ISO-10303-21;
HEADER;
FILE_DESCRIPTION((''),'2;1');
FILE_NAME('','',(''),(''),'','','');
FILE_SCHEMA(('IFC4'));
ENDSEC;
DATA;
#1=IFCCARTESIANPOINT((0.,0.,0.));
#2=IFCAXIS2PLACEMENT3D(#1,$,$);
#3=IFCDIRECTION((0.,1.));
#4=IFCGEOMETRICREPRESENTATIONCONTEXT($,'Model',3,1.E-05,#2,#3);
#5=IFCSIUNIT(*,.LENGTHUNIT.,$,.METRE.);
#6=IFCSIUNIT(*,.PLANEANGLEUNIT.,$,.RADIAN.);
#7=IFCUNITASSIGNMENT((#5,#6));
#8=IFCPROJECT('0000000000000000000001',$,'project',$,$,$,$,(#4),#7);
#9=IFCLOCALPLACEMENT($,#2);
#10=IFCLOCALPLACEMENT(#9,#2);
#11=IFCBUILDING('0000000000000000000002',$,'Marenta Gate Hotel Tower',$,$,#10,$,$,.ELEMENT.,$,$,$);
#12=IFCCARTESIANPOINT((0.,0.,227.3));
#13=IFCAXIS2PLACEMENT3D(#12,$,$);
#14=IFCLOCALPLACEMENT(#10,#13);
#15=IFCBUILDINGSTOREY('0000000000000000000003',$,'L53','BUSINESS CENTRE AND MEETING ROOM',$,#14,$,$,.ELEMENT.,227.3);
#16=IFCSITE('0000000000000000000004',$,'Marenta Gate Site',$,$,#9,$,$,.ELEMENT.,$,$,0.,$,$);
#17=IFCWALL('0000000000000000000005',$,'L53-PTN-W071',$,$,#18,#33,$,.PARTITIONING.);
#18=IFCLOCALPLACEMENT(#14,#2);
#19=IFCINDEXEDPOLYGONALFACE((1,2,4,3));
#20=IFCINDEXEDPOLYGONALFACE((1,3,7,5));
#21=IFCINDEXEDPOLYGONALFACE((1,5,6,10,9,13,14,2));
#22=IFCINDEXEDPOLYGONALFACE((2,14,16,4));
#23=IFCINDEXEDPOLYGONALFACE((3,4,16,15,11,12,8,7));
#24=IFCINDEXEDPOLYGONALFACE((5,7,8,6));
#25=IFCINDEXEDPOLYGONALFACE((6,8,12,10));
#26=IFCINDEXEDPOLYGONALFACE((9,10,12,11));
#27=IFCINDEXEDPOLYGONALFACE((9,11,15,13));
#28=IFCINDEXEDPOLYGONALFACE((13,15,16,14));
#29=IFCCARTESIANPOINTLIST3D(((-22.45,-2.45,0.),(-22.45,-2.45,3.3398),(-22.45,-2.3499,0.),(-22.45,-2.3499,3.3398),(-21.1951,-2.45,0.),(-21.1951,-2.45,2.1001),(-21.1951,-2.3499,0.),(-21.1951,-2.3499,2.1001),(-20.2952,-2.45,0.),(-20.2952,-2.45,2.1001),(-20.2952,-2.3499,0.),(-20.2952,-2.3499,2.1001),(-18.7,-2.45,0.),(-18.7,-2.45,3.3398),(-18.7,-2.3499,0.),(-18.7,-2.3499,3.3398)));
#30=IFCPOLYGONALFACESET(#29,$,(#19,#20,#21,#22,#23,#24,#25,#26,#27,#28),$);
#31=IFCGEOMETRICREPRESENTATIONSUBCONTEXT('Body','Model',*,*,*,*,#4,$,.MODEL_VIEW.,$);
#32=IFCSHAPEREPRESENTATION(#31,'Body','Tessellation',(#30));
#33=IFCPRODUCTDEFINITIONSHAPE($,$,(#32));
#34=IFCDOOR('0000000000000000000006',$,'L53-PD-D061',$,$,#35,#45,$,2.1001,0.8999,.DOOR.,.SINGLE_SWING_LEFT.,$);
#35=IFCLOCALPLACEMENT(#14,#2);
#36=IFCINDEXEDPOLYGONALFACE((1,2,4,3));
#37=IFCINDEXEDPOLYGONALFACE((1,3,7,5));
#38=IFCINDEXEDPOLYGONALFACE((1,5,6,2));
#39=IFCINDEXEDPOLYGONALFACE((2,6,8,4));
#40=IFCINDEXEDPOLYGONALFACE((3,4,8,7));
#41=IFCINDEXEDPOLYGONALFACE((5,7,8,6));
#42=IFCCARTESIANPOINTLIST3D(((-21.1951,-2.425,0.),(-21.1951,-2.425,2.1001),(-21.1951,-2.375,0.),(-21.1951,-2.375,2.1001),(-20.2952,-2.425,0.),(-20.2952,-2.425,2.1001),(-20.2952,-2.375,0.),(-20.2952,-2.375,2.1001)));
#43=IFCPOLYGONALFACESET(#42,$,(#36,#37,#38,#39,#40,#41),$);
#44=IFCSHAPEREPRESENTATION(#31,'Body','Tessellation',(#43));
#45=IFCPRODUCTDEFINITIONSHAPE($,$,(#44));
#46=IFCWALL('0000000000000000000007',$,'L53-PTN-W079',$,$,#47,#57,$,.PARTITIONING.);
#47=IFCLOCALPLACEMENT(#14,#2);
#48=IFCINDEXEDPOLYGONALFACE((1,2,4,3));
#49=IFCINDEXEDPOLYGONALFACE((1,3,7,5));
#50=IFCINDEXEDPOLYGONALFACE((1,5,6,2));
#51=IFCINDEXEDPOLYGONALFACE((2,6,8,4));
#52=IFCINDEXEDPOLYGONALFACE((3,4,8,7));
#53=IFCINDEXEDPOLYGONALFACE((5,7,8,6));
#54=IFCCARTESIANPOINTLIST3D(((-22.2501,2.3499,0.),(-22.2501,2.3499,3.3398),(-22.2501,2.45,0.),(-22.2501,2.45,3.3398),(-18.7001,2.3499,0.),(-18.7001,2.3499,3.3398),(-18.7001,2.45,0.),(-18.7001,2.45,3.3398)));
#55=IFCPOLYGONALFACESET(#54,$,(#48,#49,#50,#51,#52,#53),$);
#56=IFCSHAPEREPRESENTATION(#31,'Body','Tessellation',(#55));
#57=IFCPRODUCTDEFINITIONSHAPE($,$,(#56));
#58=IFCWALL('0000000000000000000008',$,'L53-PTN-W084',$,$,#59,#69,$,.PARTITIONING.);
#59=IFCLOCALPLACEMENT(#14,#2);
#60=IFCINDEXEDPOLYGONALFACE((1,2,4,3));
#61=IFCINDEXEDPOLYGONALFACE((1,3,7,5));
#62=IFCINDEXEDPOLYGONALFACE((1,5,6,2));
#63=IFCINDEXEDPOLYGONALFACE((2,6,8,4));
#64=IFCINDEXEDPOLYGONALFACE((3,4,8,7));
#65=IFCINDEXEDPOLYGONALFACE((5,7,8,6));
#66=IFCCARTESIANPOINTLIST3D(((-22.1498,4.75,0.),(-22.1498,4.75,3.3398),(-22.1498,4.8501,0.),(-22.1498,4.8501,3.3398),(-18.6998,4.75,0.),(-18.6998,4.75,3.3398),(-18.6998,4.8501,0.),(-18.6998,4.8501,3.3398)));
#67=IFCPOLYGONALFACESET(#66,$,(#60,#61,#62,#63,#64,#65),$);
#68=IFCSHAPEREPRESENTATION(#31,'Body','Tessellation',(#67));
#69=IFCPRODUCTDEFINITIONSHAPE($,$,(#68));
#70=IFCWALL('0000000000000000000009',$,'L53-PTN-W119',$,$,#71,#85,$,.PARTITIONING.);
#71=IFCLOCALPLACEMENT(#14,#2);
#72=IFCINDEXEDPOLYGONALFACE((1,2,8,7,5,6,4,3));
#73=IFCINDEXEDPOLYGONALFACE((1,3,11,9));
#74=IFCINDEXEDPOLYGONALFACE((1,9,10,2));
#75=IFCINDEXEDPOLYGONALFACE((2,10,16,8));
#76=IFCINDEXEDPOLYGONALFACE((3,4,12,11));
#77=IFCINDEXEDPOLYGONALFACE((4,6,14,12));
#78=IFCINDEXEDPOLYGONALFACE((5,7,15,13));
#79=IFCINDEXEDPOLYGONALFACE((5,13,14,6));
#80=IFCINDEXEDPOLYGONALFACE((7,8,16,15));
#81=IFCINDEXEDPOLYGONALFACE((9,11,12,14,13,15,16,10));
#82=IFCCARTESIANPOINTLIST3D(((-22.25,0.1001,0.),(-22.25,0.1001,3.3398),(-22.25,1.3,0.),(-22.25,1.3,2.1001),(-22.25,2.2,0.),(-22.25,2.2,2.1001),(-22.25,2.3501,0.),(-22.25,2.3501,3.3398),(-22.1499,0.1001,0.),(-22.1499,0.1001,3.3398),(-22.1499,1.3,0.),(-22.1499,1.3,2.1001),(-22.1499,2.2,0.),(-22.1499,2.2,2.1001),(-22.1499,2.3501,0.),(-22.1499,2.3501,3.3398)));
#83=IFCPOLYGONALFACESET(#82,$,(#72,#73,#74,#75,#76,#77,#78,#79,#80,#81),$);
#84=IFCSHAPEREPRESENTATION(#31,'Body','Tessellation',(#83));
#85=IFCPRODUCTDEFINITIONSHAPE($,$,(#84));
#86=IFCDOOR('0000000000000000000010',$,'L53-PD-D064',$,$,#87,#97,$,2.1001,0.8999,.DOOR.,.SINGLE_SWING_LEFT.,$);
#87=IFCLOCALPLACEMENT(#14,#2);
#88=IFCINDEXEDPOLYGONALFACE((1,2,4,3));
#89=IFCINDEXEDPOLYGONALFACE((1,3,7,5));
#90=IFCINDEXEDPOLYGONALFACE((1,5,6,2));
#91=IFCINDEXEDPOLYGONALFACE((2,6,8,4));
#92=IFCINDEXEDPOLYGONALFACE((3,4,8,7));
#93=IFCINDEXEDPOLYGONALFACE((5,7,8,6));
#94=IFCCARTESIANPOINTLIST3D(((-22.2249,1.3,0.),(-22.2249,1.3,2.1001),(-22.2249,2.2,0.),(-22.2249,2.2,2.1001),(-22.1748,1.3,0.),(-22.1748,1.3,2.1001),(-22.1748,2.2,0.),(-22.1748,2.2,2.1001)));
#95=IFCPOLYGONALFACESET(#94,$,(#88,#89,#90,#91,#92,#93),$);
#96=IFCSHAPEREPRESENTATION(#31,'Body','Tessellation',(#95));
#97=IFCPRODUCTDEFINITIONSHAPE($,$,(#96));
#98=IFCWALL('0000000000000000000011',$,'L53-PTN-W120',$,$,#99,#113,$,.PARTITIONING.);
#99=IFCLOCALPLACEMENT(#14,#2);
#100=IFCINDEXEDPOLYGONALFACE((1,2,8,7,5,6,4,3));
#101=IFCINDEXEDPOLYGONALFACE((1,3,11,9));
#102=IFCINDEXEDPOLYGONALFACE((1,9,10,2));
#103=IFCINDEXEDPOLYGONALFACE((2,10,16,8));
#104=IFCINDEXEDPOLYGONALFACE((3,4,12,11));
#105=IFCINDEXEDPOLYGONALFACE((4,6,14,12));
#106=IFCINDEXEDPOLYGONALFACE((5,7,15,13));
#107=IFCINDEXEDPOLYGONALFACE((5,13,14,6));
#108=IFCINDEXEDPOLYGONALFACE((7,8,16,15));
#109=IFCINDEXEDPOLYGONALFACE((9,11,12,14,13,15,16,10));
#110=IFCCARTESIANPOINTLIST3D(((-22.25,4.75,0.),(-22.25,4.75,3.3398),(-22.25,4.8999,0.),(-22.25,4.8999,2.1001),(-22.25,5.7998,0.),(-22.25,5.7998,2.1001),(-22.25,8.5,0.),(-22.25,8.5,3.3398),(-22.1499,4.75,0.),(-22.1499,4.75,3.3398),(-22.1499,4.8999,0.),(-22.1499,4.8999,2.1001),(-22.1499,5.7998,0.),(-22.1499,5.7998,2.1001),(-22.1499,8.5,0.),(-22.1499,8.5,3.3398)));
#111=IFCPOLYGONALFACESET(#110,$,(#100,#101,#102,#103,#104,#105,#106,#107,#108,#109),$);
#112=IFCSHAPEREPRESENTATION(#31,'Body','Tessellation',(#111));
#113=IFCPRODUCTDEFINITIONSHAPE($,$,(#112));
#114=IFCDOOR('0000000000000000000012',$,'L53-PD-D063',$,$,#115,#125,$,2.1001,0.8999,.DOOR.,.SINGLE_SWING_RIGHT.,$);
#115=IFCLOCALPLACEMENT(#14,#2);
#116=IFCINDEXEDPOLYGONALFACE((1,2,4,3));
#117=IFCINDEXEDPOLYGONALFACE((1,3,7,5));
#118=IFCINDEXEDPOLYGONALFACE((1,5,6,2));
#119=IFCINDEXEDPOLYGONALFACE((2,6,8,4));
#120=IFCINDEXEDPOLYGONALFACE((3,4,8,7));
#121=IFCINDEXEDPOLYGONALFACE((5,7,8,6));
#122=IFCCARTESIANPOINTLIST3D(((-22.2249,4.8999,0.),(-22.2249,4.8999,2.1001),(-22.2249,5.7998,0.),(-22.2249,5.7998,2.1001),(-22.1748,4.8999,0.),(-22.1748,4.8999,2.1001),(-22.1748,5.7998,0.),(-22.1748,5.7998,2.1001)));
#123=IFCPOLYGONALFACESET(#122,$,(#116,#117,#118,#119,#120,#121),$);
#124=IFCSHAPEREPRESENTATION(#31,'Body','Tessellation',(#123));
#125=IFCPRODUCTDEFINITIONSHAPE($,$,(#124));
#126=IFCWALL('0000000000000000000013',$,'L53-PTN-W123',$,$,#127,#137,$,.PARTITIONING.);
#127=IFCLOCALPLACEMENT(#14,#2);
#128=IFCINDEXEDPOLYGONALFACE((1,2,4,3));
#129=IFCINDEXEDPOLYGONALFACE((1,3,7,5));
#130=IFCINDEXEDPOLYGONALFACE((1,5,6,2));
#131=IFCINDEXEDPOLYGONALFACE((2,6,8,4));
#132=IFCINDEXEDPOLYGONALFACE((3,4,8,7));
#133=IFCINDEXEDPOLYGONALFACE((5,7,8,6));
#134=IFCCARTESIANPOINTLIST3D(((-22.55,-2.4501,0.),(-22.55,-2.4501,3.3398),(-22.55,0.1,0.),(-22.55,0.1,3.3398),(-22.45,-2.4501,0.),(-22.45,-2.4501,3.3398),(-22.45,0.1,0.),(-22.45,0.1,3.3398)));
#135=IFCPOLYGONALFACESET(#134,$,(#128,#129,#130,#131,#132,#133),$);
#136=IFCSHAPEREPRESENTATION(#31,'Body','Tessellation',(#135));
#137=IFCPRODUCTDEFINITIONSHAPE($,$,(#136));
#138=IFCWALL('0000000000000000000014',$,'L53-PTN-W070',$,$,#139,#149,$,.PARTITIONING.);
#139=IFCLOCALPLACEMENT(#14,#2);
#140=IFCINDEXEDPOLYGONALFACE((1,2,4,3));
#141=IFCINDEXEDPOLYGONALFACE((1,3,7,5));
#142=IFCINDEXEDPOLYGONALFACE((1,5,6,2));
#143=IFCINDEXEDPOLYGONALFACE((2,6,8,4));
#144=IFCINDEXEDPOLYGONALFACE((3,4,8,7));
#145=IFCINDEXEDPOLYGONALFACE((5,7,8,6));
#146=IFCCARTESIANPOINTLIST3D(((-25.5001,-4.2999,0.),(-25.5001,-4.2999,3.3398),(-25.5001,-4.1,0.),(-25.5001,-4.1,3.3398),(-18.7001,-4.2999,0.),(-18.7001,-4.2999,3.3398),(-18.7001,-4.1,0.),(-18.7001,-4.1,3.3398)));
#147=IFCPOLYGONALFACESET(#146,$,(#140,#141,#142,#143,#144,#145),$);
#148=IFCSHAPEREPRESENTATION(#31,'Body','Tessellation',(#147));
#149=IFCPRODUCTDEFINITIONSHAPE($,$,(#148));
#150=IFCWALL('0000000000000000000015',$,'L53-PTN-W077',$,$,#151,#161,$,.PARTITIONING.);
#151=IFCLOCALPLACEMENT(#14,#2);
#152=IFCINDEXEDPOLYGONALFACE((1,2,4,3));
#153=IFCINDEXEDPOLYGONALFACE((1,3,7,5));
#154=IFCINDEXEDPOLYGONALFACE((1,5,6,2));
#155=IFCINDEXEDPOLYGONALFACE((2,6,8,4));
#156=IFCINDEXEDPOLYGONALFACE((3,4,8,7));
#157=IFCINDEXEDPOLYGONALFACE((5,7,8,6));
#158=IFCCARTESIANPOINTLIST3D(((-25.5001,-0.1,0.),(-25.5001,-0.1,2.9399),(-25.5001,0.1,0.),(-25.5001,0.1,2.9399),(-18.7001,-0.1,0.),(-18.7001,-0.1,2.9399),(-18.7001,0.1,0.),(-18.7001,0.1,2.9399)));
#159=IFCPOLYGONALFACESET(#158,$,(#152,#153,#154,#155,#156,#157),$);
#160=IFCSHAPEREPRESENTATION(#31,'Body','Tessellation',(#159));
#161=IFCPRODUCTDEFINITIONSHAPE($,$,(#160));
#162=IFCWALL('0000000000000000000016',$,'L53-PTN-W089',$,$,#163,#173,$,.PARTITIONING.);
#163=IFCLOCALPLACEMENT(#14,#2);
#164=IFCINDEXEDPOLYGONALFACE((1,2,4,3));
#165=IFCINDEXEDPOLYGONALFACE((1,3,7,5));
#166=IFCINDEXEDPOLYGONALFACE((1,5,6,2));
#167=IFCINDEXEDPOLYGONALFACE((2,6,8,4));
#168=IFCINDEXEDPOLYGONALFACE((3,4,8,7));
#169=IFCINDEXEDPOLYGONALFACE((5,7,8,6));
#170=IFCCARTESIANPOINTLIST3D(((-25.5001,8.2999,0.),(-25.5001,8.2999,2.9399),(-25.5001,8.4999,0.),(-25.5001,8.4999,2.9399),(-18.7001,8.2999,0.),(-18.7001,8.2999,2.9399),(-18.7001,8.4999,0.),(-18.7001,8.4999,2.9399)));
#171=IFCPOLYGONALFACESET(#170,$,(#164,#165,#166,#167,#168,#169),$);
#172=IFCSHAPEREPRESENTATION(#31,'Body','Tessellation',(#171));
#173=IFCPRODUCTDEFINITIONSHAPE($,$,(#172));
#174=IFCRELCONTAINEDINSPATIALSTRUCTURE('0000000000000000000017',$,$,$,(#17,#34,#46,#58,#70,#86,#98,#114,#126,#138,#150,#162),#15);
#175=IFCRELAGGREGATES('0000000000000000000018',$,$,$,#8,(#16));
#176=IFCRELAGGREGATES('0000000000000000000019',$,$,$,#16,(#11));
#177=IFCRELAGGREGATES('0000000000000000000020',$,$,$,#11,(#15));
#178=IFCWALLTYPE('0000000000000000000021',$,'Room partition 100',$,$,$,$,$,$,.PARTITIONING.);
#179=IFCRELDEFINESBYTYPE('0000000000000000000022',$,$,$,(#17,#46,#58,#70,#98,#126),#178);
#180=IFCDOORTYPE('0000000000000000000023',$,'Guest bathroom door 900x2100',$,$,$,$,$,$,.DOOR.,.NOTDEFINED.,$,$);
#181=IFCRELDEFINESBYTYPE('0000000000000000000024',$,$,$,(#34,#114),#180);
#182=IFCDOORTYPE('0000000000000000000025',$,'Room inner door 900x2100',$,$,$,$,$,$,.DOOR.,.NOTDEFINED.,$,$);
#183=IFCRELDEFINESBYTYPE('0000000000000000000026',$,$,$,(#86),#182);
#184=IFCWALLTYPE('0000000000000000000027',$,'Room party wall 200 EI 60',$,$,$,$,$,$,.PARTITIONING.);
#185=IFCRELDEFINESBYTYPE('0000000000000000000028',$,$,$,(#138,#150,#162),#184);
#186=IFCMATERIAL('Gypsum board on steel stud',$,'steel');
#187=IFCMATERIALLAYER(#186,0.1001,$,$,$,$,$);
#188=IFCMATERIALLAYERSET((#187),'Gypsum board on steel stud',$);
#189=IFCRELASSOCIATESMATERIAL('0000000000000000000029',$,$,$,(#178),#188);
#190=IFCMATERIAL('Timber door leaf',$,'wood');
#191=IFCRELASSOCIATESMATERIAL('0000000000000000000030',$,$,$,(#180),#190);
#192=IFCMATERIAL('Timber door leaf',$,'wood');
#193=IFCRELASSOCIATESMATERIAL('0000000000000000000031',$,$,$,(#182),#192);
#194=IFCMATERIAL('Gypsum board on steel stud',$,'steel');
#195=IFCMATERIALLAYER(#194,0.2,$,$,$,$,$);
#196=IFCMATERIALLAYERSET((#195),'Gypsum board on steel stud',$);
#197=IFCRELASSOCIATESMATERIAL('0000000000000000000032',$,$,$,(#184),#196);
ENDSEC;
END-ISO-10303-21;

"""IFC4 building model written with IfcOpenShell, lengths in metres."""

from ifc_helpers import new_model, si_unit, direction, frame, frame_2d, origin, place, context, subcontext, project, spatial, rectangle, extrude, material, layer, layer_set, type_object, element, fill, save


model = new_model("IFC4")

# Units and contexts
model_context = context("Model", 3, precision=1e-05, world=origin(), true_north=direction((0.0, 1.0)))
body_context = subcontext(model_context, "Body", "Model", "MODEL_VIEW")
ifc_project = project(units=[si_unit("LENGTHUNIT", "METRE"), si_unit("PLANEANGLEUNIT", "RADIAN")], contexts=[model_context])

# Site, building, storey
site_placement = place(None, origin())
site = spatial("IfcSite", under=ifc_project, at=site_placement, Name="Marenta Gate Site", CompositionType="ELEMENT", RefElevation=0.0)
building_placement = place(site_placement, origin())
building = spatial("IfcBuilding", under=site, at=building_placement, Name="Marenta Gate Hotel Tower", CompositionType="ELEMENT")
storey_placement = place(building_placement, frame((0.0, 0.0, 227.3)))
storey = spatial("IfcBuildingStorey", under=building, at=storey_placement, Name="L53", Description="BUSINESS CENTRE AND MEETING ROOM", CompositionType="ELEMENT", Elevation=227.3)

# Shared definitions
ifc_material_1 = material(Name="Gypsum board on steel stud", Category="steel")
ifc_layer_1 = layer(ifc_material_1, 0.1001)
ifc_layer_set_1 = layer_set([ifc_layer_1], Name="Gypsum board on steel stud")
wall_type_1 = type_object("IfcWallType", Name="Room partition 100", PredefinedType="PARTITIONING", material=ifc_layer_set_1)

# Wall, opening, door
wall_1_placement = place(storey_placement, frame((-22.45, -2.3999, 0.0), z_axis=(0.0, 0.0, 1.0), x_axis=(1.0, 0.0, 0.0)))
wall_1 = element("IfcWall", 1, at=wall_1_placement, inside=storey, type_object=wall_type_1, Name="L53-PTN-W071", PredefinedType="PARTITIONING", context=body_context, shape_type="SweptSolid", body=[
    extrude(rectangle(XDim=3.75, YDim=0.1001, at=frame_2d((1.875, 0.0))), origin(), (0.0, 0.0, 1.0), 3.3398),
])
opening_1_placement = place(wall_1_placement, frame((1.2549, 0.0, 0.0)))
opening_1 = element("IfcOpeningElement", 2, at=opening_1_placement, cuts=wall_1, PredefinedType="OPENING", context=body_context, shape_type="SweptSolid", body=[
    extrude(rectangle(XDim=0.8999, YDim=2.1001, at=frame_2d((0.45, 1.05))), frame((0.0, 0.05, 0.0), z_axis=(0.0, -1.0, 0.0), x_axis=(1.0, 0.0, 0.0)), (0.0, 0.0, 1.0), 0.1001),
])
ifc_material_2 = material(Name="Timber door leaf", Category="wood")
door_type_1 = type_object("IfcDoorType", Name="Guest bathroom door 900x2100", OperationType="NOTDEFINED", PredefinedType="DOOR", material=ifc_material_2)
door_1_placement = place(opening_1_placement, origin())
door_1 = element("IfcDoor", 3, at=door_1_placement, inside=storey, type_object=door_type_1, Name="L53-PD-D061", OperationType="SINGLE_SWING_LEFT", OverallHeight=2.1001, OverallWidth=0.8999, PredefinedType="DOOR", context=body_context, shape_type="SweptSolid", body=[
    extrude(rectangle(XDim=0.8999, YDim=2.1001, at=frame_2d((0.45, 1.05))), frame((0.0, 0.0249, 0.0), z_axis=(0.0, -1.0, 0.0), x_axis=(1.0, 0.0, 0.0)), (0.0, 0.0, 1.0), 0.05),
])
fill(opening_1, door_1)

# Walls
wall_2_placement = place(storey_placement, frame((-22.25, 2.3999, 0.0), z_axis=(0.0, 0.0, 1.0), x_axis=(1.0, 0.0, 0.0)))
element("IfcWall", 4, at=wall_2_placement, inside=storey, type_object=wall_type_1, Name="L53-PTN-W079", PredefinedType="PARTITIONING", context=body_context, shape_type="SweptSolid", body=[
    extrude(rectangle(XDim=3.55, YDim=0.1001, at=frame_2d((1.7749, 0.0))), origin(), (0.0, 0.0, 1.0), 3.3398),
])
wall_3_placement = place(storey_placement, frame((-22.1499, 4.8, 0.0), z_axis=(0.0, 0.0, 1.0), x_axis=(1.0, 0.0, 0.0)))
element("IfcWall", 5, at=wall_3_placement, inside=storey, type_object=wall_type_1, Name="L53-PTN-W084", PredefinedType="PARTITIONING", context=body_context, shape_type="SweptSolid", body=[
    extrude(rectangle(XDim=3.45, YDim=0.1001, at=frame_2d((1.7251, 0.0))), origin(), (0.0, 0.0, 1.0), 3.3398),
])

# Walls, openings, doors
wall_4_placement = place(storey_placement, frame((-22.2, 0.1001, 0.0), z_axis=(0.0, 0.0, 1.0), x_axis=(0.0, 1.0, 0.0)))
wall_4 = element("IfcWall", 6, at=wall_4_placement, inside=storey, type_object=wall_type_1, Name="L53-PTN-W119", PredefinedType="PARTITIONING", context=body_context, shape_type="SweptSolid", body=[
    extrude(rectangle(XDim=2.25, YDim=0.1001, at=frame_2d((1.125, 0.0))), origin(), (0.0, 0.0, 1.0), 3.3398),
])
opening_2_placement = place(wall_4_placement, frame((1.2, 0.0, 0.0)))
opening_2 = element("IfcOpeningElement", 7, at=opening_2_placement, cuts=wall_4, PredefinedType="OPENING", context=body_context, shape_type="SweptSolid", body=[
    extrude(rectangle(XDim=0.8999, YDim=2.1001, at=frame_2d((0.45, 1.05))), frame((0.0, 0.05, 0.0), z_axis=(0.0, -1.0, 0.0), x_axis=(1.0, 0.0, 0.0)), (0.0, 0.0, 1.0), 0.1001),
])
ifc_material_3 = material(Name="Timber door leaf", Category="wood")
door_type_2 = type_object("IfcDoorType", Name="Room inner door 900x2100", OperationType="NOTDEFINED", PredefinedType="DOOR", material=ifc_material_3)
door_2_placement = place(opening_2_placement, origin())
door_2 = element("IfcDoor", 8, at=door_2_placement, inside=storey, type_object=door_type_2, Name="L53-PD-D064", OperationType="SINGLE_SWING_LEFT", OverallHeight=2.1001, OverallWidth=0.8999, PredefinedType="DOOR", context=body_context, shape_type="SweptSolid", body=[
    extrude(rectangle(XDim=0.8999, YDim=2.1001, at=frame_2d((0.45, 1.05))), frame((0.0, 0.0249, 0.0), z_axis=(0.0, -1.0, 0.0), x_axis=(1.0, 0.0, 0.0)), (0.0, 0.0, 1.0), 0.05),
])
fill(opening_2, door_2)
wall_5_placement = place(storey_placement, frame((-22.2, 4.75, 0.0), z_axis=(0.0, 0.0, 1.0), x_axis=(0.0, 1.0, 0.0)))
wall_5 = element("IfcWall", 9, at=wall_5_placement, inside=storey, type_object=wall_type_1, Name="L53-PTN-W120", PredefinedType="PARTITIONING", context=body_context, shape_type="SweptSolid", body=[
    extrude(rectangle(XDim=3.75, YDim=0.1001, at=frame_2d((1.875, 0.0))), origin(), (0.0, 0.0, 1.0), 3.3398),
])
opening_3_placement = place(wall_5_placement, frame((0.1499, 0.0, 0.0)))
opening_3 = element("IfcOpeningElement", 10, at=opening_3_placement, cuts=wall_5, PredefinedType="OPENING", context=body_context, shape_type="SweptSolid", body=[
    extrude(rectangle(XDim=0.8999, YDim=2.1001, at=frame_2d((0.45, 1.05))), frame((0.0, 0.05, 0.0), z_axis=(0.0, -1.0, 0.0), x_axis=(1.0, 0.0, 0.0)), (0.0, 0.0, 1.0), 0.1001),
])
door_3_placement = place(opening_3_placement, origin())
door_3 = element("IfcDoor", 11, at=door_3_placement, inside=storey, type_object=door_type_1, Name="L53-PD-D063", OperationType="SINGLE_SWING_RIGHT", OverallHeight=2.1001, OverallWidth=0.8999, PredefinedType="DOOR", context=body_context, shape_type="SweptSolid", body=[
    extrude(rectangle(XDim=0.8999, YDim=2.1001, at=frame_2d((0.45, 1.05))), frame((0.0, 0.0249, 0.0), z_axis=(0.0, -1.0, 0.0), x_axis=(1.0, 0.0, 0.0)), (0.0, 0.0, 1.0), 0.05),
])
fill(opening_3, door_3)

# Walls
wall_6_placement = place(storey_placement, frame((-22.5, -2.45, 0.0), z_axis=(0.0, 0.0, 1.0), x_axis=(0.0, 1.0, 0.0)))
element("IfcWall", 12, at=wall_6_placement, inside=storey, type_object=wall_type_1, Name="L53-PTN-W123", PredefinedType="PARTITIONING", context=body_context, shape_type="SweptSolid", body=[
    extrude(rectangle(XDim=2.55, YDim=0.1001, at=frame_2d((1.2749, 0.0))), origin(), (0.0, 0.0, 1.0), 3.3398),
])
ifc_material_4 = material(Name="Gypsum board on steel stud", Category="steel")
ifc_layer_2 = layer(ifc_material_4, 0.2)
ifc_layer_set_2 = layer_set([ifc_layer_2], Name="Gypsum board on steel stud")
wall_type_2 = type_object("IfcWallType", Name="Room party wall 200 EI 60", PredefinedType="PARTITIONING", material=ifc_layer_set_2)
wall_7_placement = place(storey_placement, frame((-25.5, -4.2, 0.0), z_axis=(0.0, 0.0, 1.0), x_axis=(1.0, 0.0, 0.0)))
element("IfcWall", 13, at=wall_7_placement, inside=storey, type_object=wall_type_2, Name="L53-PTN-W070", PredefinedType="PARTITIONING", context=body_context, shape_type="SweptSolid", body=[
    extrude(rectangle(XDim=6.8, YDim=0.2, at=frame_2d((3.3999, 0.0))), origin(), (0.0, 0.0, 1.0), 3.3398),
])
for number, where, z_axis, x_axis, name in (
    (14, (-25.5, 0.0, 0.0), (0.0, 0.0, 1.0), (1.0, 0.0, 0.0), "L53-PTN-W077"),
    (15, (-25.5, 8.3999, 0.0), (0.0, 0.0, 1.0), (1.0, 0.0, 0.0), "L53-PTN-W089"),
):
    element("IfcWall", number, at=place(storey_placement, frame(where, z_axis=z_axis, x_axis=x_axis)), inside=storey, type_object=wall_type_2, Name=name, PredefinedType="PARTITIONING", context=body_context, shape_type="SweptSolid", body=[
        extrude(rectangle(XDim=6.8, YDim=0.2, at=frame_2d((3.3999, 0.0))), origin(), (0.0, 0.0, 1.0), 2.9399),
    ])

save(model, "model.ifc")
